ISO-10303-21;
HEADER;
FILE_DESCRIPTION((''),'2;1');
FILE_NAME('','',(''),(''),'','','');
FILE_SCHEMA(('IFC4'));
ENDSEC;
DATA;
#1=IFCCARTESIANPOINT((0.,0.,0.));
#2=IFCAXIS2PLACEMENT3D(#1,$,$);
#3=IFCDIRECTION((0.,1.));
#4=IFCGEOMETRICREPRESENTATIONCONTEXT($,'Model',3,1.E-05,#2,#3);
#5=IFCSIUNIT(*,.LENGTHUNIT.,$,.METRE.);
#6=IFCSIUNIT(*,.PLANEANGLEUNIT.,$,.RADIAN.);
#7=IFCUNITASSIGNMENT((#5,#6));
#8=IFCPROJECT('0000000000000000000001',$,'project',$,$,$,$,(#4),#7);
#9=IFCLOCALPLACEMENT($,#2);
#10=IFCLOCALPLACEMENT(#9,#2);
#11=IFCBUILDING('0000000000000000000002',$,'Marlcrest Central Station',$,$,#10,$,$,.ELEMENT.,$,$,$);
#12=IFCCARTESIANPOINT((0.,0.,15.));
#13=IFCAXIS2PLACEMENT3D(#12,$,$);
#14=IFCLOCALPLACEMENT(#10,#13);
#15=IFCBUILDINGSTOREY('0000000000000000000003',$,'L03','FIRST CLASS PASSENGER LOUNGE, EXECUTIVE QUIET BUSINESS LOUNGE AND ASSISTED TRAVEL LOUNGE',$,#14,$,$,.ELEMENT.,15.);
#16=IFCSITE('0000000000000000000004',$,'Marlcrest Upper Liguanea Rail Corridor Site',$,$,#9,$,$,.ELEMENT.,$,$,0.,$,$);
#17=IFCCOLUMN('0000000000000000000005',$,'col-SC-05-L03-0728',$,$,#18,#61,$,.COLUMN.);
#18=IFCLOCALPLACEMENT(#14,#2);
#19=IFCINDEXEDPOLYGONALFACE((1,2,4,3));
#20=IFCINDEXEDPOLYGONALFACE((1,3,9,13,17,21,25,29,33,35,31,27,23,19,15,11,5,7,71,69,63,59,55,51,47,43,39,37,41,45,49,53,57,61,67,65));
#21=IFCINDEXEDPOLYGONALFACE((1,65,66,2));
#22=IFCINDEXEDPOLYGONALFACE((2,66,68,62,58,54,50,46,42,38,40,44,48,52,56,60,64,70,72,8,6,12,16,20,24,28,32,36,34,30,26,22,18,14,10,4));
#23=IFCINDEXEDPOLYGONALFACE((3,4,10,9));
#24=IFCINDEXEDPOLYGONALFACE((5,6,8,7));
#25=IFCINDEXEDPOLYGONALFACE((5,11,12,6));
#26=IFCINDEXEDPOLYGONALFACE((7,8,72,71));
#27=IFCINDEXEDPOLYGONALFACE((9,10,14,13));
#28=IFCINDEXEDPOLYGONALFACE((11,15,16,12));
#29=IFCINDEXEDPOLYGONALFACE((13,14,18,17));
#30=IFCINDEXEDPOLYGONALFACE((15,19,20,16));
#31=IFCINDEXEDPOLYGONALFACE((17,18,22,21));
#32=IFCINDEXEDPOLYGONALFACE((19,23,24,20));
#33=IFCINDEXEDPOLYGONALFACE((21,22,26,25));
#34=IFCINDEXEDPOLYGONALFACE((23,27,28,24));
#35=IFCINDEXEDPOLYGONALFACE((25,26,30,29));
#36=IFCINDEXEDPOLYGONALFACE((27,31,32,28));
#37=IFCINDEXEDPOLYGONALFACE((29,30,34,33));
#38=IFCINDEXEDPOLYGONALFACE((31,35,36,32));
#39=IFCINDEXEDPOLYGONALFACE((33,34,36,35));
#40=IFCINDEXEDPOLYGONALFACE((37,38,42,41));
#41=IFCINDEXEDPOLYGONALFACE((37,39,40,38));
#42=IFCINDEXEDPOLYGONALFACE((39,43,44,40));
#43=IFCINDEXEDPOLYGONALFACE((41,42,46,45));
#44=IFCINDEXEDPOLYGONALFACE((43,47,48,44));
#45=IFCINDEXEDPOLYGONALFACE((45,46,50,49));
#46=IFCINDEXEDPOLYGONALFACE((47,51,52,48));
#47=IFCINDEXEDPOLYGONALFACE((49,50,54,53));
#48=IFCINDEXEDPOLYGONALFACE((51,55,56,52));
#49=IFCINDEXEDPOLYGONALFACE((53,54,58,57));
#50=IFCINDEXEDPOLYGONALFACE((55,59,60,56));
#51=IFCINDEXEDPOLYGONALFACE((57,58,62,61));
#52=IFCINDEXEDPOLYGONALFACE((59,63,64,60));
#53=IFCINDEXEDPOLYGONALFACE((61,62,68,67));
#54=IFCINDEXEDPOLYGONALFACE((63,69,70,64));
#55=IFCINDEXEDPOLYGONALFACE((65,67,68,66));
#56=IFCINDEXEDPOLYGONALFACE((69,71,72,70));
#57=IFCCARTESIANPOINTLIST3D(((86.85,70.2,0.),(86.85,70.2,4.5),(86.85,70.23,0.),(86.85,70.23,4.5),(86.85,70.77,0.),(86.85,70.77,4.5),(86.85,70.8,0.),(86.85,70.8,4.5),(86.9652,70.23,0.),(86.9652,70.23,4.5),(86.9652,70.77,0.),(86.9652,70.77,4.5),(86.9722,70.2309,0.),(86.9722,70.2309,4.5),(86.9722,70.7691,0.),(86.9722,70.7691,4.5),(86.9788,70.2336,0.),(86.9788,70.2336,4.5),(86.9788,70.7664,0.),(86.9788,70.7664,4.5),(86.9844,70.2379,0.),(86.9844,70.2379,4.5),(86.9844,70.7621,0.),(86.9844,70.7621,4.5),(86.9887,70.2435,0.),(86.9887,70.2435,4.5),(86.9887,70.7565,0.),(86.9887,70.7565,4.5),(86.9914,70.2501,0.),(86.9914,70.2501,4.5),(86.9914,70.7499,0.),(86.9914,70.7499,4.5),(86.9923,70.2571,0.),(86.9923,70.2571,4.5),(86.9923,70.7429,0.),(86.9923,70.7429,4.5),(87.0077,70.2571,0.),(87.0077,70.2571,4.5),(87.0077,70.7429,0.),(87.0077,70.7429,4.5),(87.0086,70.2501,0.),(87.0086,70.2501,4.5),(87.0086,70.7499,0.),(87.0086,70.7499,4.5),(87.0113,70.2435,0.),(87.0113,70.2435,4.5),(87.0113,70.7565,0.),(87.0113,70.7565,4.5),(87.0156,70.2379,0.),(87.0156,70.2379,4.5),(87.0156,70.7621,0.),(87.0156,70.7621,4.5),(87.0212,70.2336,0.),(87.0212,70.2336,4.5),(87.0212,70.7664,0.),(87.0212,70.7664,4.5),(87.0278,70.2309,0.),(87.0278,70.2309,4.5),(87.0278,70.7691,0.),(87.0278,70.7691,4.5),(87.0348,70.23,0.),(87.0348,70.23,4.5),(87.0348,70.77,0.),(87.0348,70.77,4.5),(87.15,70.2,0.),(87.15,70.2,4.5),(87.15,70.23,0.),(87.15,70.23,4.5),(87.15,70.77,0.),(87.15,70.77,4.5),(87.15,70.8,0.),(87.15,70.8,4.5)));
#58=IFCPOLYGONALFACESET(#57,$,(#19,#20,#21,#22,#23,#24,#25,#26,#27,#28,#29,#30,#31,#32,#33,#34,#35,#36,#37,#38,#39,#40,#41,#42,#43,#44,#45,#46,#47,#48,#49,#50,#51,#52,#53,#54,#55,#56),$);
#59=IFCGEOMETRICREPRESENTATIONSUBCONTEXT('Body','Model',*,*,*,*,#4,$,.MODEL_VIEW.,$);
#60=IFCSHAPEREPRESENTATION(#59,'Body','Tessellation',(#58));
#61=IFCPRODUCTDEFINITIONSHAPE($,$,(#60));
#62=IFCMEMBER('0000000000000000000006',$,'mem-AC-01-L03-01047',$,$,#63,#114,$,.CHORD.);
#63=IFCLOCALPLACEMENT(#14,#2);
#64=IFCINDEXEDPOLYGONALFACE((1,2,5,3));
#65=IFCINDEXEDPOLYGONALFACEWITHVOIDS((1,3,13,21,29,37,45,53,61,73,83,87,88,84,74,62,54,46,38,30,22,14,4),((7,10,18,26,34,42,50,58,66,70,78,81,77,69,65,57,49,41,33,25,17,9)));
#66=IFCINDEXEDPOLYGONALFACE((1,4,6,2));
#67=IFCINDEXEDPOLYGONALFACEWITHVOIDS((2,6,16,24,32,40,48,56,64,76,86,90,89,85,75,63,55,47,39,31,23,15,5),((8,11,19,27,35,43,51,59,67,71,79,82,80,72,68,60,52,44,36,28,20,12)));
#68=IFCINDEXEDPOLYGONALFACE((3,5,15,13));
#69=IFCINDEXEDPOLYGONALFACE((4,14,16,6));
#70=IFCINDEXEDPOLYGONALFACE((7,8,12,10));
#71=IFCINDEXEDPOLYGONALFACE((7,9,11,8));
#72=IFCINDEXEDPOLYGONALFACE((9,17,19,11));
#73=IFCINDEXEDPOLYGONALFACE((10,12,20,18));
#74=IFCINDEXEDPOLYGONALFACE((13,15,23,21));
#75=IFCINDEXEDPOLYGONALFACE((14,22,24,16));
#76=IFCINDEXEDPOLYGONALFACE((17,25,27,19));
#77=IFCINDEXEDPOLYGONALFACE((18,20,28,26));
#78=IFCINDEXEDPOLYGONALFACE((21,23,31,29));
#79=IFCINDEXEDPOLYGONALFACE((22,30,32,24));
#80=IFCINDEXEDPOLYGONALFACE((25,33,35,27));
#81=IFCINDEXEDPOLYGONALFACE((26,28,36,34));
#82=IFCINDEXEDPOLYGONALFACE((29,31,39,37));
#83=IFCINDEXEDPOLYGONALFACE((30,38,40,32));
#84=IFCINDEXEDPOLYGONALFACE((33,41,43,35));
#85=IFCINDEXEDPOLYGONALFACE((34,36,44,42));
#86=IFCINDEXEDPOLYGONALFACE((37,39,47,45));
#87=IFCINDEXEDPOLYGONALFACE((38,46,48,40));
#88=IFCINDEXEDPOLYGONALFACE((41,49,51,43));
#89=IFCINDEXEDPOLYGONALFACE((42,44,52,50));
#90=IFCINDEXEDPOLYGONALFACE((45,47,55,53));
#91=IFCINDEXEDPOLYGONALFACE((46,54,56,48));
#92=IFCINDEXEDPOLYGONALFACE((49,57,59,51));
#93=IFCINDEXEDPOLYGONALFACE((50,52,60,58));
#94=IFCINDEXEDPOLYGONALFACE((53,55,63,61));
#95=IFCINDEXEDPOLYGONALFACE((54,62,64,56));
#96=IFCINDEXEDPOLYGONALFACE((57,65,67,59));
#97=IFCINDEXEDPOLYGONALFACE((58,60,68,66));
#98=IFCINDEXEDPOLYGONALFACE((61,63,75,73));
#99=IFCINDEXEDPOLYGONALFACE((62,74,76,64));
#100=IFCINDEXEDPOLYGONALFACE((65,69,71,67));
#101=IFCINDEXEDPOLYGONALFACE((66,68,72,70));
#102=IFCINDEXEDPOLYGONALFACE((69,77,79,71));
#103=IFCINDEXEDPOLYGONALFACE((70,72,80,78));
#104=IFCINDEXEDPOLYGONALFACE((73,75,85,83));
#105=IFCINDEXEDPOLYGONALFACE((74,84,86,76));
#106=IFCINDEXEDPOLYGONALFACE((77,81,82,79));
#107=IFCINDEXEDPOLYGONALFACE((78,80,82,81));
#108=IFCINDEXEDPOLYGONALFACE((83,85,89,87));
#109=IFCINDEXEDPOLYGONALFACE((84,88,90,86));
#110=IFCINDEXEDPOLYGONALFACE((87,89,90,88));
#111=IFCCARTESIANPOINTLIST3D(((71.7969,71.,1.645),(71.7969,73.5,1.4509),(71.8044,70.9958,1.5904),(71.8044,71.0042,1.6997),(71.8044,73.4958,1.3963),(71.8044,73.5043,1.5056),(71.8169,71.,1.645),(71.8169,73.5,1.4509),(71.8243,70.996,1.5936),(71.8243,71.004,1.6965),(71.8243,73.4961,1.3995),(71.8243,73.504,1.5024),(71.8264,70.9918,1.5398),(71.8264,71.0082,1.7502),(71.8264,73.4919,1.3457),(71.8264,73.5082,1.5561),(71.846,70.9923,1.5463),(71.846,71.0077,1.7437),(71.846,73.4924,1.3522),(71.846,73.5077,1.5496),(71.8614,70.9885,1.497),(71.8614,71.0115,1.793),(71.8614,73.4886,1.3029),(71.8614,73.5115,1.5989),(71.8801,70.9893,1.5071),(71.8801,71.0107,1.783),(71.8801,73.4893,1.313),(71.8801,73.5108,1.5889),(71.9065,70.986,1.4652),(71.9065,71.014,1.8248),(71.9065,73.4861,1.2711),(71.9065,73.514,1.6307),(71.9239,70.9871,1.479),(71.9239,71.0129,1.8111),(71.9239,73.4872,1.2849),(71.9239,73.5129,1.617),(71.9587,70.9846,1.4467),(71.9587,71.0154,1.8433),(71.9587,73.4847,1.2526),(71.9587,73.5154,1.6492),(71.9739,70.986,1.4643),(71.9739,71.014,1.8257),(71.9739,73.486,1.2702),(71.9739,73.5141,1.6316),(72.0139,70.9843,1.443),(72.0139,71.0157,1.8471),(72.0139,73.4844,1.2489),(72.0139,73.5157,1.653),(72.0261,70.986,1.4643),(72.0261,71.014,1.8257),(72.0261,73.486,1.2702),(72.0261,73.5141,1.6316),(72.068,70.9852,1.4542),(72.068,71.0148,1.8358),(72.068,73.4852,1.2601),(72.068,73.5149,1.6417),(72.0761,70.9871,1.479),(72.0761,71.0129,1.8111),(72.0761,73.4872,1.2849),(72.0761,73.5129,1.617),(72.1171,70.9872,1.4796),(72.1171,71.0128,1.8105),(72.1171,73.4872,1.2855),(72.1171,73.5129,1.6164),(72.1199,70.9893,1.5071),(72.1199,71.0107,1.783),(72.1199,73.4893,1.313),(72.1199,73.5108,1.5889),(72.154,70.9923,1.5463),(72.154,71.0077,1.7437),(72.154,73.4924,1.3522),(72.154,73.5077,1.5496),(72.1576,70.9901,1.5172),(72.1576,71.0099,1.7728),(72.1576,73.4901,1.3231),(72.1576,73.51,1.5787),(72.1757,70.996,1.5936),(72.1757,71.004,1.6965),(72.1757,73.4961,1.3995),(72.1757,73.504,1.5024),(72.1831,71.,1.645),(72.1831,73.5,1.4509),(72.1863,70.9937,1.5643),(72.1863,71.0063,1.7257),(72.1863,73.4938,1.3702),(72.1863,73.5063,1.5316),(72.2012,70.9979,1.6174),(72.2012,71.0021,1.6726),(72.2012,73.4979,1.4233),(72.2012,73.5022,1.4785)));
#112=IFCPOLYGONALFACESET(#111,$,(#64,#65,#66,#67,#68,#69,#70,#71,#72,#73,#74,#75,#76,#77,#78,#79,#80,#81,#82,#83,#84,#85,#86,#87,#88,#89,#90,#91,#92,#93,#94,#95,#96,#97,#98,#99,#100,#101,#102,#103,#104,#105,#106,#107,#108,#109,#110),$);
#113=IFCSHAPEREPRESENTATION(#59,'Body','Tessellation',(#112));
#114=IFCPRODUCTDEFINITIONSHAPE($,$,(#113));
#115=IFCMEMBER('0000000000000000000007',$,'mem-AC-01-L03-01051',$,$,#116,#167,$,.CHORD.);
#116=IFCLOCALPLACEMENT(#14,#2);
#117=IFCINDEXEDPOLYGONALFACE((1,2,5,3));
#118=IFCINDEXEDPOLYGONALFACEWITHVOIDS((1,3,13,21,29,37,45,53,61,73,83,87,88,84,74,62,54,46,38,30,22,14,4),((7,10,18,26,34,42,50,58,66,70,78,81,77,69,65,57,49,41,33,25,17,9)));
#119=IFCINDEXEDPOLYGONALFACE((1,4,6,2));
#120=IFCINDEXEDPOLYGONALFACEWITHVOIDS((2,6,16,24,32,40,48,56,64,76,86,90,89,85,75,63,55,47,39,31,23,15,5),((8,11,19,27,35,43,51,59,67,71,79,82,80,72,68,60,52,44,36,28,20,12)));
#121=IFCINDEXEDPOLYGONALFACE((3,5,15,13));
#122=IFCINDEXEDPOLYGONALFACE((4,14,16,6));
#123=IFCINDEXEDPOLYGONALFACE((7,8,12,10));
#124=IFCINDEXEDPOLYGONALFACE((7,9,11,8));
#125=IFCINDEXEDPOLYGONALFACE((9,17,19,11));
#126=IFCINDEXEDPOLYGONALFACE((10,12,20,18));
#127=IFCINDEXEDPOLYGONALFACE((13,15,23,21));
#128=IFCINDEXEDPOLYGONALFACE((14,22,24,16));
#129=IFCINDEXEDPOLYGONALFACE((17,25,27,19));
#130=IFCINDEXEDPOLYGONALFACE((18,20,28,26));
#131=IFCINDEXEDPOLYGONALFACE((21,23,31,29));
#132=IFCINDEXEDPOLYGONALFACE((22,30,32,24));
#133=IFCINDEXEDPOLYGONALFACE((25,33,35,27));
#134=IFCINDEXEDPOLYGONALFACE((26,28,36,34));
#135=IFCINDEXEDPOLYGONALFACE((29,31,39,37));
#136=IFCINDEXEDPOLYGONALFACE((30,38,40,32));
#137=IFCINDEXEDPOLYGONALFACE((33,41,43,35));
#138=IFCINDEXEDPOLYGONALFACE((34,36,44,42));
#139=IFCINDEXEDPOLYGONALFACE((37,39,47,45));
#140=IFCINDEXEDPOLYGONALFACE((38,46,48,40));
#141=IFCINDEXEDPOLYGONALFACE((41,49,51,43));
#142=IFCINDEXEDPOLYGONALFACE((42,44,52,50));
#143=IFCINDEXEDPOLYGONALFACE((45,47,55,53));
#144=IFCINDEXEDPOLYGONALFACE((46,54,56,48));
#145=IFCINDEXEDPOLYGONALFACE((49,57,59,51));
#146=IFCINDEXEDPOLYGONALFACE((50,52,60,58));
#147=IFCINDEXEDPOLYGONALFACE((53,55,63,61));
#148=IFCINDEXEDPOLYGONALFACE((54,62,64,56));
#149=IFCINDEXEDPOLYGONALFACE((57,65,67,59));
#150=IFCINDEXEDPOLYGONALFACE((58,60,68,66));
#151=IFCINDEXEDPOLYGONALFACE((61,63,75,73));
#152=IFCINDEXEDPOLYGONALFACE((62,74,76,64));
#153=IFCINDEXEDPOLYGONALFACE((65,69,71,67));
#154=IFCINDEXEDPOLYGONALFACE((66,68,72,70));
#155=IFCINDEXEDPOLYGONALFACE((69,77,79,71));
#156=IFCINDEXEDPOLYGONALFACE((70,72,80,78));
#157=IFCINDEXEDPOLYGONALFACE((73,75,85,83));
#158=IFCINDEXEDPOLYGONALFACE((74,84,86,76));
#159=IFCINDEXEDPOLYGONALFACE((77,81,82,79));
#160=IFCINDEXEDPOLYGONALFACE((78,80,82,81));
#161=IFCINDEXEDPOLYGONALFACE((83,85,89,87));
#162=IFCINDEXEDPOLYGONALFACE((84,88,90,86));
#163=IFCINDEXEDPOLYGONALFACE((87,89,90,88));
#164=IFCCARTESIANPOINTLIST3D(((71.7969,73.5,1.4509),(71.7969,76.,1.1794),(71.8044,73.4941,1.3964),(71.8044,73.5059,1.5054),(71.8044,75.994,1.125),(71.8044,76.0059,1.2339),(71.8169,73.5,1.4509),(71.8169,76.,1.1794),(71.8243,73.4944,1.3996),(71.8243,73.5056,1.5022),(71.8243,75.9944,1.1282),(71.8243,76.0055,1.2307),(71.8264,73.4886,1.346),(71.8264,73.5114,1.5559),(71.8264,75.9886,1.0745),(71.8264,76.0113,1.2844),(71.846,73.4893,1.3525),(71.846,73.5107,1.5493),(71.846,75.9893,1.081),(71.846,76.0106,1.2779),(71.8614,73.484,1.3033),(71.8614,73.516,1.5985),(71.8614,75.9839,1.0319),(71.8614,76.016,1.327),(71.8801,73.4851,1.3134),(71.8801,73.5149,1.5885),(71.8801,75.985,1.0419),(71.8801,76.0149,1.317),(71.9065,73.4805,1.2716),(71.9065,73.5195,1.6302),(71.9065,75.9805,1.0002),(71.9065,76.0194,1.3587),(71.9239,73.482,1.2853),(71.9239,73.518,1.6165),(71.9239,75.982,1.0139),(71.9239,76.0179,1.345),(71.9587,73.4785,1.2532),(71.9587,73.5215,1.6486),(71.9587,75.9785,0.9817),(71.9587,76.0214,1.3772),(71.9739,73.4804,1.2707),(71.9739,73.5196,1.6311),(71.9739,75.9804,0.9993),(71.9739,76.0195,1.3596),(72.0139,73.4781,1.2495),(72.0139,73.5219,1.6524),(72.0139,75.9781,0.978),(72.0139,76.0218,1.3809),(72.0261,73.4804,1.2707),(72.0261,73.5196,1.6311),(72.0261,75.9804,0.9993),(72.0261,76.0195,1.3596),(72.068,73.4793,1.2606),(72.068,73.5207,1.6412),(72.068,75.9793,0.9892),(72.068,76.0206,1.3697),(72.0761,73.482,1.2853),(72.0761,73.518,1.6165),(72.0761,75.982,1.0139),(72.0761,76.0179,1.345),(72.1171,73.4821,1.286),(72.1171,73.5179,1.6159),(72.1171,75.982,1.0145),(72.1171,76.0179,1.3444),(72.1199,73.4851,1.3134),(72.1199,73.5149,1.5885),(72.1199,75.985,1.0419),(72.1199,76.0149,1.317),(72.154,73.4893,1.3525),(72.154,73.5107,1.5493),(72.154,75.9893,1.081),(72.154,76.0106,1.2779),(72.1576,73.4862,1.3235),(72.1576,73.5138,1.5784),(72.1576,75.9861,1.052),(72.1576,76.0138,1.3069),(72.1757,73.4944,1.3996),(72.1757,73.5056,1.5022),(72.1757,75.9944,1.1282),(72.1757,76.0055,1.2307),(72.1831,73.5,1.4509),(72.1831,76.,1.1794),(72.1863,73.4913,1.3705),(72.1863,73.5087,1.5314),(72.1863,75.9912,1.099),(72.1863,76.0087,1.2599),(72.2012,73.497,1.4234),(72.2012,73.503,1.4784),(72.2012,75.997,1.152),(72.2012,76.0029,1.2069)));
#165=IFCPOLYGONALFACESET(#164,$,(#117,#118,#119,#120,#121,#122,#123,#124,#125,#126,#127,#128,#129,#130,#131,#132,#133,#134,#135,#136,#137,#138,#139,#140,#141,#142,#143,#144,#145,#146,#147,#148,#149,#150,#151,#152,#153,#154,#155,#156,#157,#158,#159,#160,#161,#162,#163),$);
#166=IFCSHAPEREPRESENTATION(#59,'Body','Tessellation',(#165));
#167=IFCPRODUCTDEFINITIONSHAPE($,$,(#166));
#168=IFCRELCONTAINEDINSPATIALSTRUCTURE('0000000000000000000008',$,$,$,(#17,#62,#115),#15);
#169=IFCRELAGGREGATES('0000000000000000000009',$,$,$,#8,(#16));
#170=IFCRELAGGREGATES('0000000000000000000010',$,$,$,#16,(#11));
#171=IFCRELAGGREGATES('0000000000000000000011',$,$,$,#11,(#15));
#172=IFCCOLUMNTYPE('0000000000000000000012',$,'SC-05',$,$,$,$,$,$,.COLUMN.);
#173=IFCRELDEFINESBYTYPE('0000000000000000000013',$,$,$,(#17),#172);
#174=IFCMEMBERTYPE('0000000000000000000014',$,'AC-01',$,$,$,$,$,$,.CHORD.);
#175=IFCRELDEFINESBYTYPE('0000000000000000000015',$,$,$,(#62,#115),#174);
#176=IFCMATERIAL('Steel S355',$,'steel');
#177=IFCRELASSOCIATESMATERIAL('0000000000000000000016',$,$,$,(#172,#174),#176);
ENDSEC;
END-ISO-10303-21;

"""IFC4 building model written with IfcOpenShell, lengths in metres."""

from ifc_helpers import new_model, si_unit, direction, frame, origin, origin_2d, place, context, subcontext, project, spatial, hollow_circle, i_section, extrude, material, material_profile, profile_set, type_object, element, save


model = new_model("IFC4")

# Units and contexts
model_context = context("Model", 3, precision=1e-05, world=origin(), true_north=direction((0.0, 1.0)))
body_context = subcontext(model_context, "Body", "Model", "MODEL_VIEW")
ifc_project = project(units=[si_unit("LENGTHUNIT", "METRE"), si_unit("PLANEANGLEUNIT", "RADIAN")], contexts=[model_context])

# Site, building, storey
site_placement = place(None, origin())
site = spatial("IfcSite", under=ifc_project, at=site_placement, Name="Marlcrest Upper Liguanea Rail Corridor Site", CompositionType="ELEMENT", RefElevation=0.0)
building_placement = place(site_placement, origin())
building = spatial("IfcBuilding", under=site, at=building_placement, Name="Marlcrest Central Station", CompositionType="ELEMENT")
storey_placement = place(building_placement, frame((0.0, 0.0, 15.0)))
storey = spatial("IfcBuildingStorey", under=building, at=storey_placement, Name="L03", Description="FIRST CLASS PASSENGER LOUNGE, EXECUTIVE QUIET BUSINESS LOUNGE AND ASSISTED TRAVEL LOUNGE", CompositionType="ELEMENT", Elevation=15.0)

# Column
ifc_material_1 = material(Name="Steel S355", Category="steel")
ifc_material_profile_1 = material_profile(ifc_material_1, i_section(OverallWidth=0.3, OverallDepth=0.6001, WebThickness=0.0154, FlangeThickness=0.03, FilletRadius=0.0271, at=origin_2d()), Name="HEB 600")
ifc_profile_set_1 = profile_set([ifc_material_profile_1], Name="Steel S355")
column_type = type_object("IfcColumnType", Name="SC-05", PredefinedType="COLUMN", material=ifc_profile_set_1)
column_placement = place(storey_placement, frame((87.0, 70.5, 0.0), z_axis=(0.0, 0.0, 1.0), x_axis=(1.0, 0.0, 0.0)))
element("IfcColumn", 1, at=column_placement, inside=storey, type_object=column_type, Name="col-SC-05-L03-0728", PredefinedType="COLUMN", context=body_context, shape_type="SweptSolid", body=[
    extrude(i_section(OverallWidth=0.3, OverallDepth=0.6001, WebThickness=0.0154, FlangeThickness=0.03, FilletRadius=0.0271, at=origin_2d()), origin(), (0.0, 0.0, 1.0), 4.5),
])

# Members
ifc_material_profile_2 = material_profile(ifc_material_1, hollow_circle(Radius=0.2031, WallThickness=0.02, at=origin_2d()), Name="CHS 406.4x20")
ifc_profile_set_2 = profile_set([ifc_material_profile_2], Name="Steel S355")
member_type_1 = type_object("IfcMemberType", Name="AC-01", PredefinedType="CHORD", material=ifc_profile_set_2)
member_1_placement = place(storey_placement, frame((72.0, 71.0, 1.645), z_axis=(0.0, 0.997, -0.077404), x_axis=(-1.0, 0.0, 0.0)))
element("IfcMember", 2, at=member_1_placement, inside=storey, type_object=member_type_1, Name="mem-AC-01-L03-01047", PredefinedType="CHORD", context=body_context, shape_type="SweptSolid", body=[
    extrude(hollow_circle(Radius=0.2031, WallThickness=0.02, at=origin_2d()), origin(), (0.0, 0.0, 1.0), 2.5076),
])
member_2_placement = place(storey_placement, frame((72.0, 73.5, 1.4509), z_axis=(0.0, 0.994155, -0.107959), x_axis=(-1.0, 0.0, 0.0)))
element("IfcMember", 3, at=member_2_placement, inside=storey, type_object=member_type_1, Name="mem-AC-01-L03-01051", PredefinedType="CHORD", context=body_context, shape_type="SweptSolid", body=[
    extrude(hollow_circle(Radius=0.2031, WallThickness=0.02, at=origin_2d()), origin(), (0.0, 0.0, 1.0), 2.5146),
])

save(model, "model.ifc")
